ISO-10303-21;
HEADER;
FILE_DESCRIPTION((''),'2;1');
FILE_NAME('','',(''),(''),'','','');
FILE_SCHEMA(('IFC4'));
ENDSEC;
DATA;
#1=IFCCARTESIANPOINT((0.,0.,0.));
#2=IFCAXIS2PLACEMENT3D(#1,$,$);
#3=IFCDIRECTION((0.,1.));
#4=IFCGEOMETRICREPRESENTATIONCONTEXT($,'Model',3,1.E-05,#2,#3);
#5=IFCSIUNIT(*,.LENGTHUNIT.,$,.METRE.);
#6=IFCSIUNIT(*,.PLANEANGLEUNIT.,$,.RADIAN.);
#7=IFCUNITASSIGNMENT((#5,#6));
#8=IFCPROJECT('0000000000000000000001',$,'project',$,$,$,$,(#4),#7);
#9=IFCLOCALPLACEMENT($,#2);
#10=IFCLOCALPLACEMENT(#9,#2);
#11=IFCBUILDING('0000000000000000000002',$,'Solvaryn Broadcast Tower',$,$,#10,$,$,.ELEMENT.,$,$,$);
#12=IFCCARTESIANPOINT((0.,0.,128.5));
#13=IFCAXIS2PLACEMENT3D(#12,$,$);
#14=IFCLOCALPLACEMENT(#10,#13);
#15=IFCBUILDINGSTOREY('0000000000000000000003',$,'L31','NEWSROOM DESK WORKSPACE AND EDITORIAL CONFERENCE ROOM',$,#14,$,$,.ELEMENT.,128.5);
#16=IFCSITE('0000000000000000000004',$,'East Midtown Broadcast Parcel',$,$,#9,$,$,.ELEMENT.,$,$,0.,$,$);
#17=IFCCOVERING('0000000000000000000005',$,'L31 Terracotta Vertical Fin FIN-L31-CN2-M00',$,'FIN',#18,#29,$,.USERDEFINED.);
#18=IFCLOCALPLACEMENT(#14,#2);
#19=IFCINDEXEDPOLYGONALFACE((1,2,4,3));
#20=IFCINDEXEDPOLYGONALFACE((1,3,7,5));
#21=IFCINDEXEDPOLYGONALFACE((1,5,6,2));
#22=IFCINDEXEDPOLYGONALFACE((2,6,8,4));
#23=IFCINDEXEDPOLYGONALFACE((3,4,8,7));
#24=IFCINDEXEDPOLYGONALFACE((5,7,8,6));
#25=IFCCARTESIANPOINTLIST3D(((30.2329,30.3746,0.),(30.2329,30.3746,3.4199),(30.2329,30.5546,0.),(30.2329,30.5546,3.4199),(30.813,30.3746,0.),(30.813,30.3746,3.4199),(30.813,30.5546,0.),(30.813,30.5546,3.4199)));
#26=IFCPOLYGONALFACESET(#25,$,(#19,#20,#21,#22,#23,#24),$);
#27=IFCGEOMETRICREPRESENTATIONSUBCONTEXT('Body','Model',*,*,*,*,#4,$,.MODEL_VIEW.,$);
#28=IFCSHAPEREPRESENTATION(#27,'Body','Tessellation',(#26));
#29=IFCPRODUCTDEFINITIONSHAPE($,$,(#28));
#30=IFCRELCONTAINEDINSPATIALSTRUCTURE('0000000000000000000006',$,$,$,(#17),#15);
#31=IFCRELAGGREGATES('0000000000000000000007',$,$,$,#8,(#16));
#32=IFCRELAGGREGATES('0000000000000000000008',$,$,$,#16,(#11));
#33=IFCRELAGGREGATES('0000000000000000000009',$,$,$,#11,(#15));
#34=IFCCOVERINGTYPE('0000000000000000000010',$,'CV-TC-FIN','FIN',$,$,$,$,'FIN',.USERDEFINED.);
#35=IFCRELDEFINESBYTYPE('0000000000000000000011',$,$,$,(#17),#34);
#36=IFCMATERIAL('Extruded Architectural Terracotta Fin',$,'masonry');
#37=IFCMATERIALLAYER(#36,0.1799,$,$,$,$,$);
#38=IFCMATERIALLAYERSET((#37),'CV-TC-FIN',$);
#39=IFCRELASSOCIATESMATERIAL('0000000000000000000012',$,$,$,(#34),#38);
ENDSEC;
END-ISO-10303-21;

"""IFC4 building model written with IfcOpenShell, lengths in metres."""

from ifc_helpers import new_model, si_unit, direction, frame, origin, origin_2d, place, context, subcontext, project, spatial, rectangle, extrude, material, layer, layer_set, type_object, element, save


model = new_model("IFC4")

# Units and contexts
model_context = context("Model", 3, precision=1e-05, world=origin(), true_north=direction((0.0, 1.0)))
body_context = subcontext(model_context, "Body", "Model", "MODEL_VIEW")
ifc_project = project(units=[si_unit("LENGTHUNIT", "METRE"), si_unit("PLANEANGLEUNIT", "RADIAN")], contexts=[model_context])

# Site, building, storey
site_placement = place(None, origin())
site = spatial("IfcSite", under=ifc_project, at=site_placement, Name="East Midtown Broadcast Parcel", CompositionType="ELEMENT", RefElevation=0.0)
building_placement = place(site_placement, origin())
building = spatial("IfcBuilding", under=site, at=building_placement, Name="Solvaryn Broadcast Tower", CompositionType="ELEMENT")
storey_placement = place(building_placement, frame((0.0, 0.0, 128.5)))
storey = spatial("IfcBuildingStorey", under=building, at=storey_placement, Name="L31", Description="NEWSROOM DESK WORKSPACE AND EDITORIAL CONFERENCE ROOM", CompositionType="ELEMENT", Elevation=128.5)

# Covering
ifc_material_1 = material(Name="Extruded Architectural Terracotta Fin", Category="masonry")
ifc_layer_1 = layer(ifc_material_1, 0.1799)
ifc_layer_set_1 = layer_set([ifc_layer_1], Name="CV-TC-FIN")
covering_type_1 = type_object("IfcCoveringType", Name="CV-TC-FIN", Description="FIN", ElementType="FIN", PredefinedType="USERDEFINED", material=ifc_layer_set_1)
covering_1_placement = place(storey_placement, frame((30.5229, 30.4646, 0.0), z_axis=(0.0, 0.0, 1.0), x_axis=(1.0, 0.0, 0.0)))
element("IfcCovering", 1, at=covering_1_placement, inside=storey, type_object=covering_type_1, Name="L31 Terracotta Vertical Fin FIN-L31-CN2-M00", ObjectType="FIN", PredefinedType="USERDEFINED", context=body_context, shape_type="SweptSolid", body=[
    extrude(rectangle(XDim=0.5801, YDim=0.1799, at=origin_2d()), origin(), (0.0, 0.0, 1.0), 3.4199),
])

save(model, "model.ifc")
